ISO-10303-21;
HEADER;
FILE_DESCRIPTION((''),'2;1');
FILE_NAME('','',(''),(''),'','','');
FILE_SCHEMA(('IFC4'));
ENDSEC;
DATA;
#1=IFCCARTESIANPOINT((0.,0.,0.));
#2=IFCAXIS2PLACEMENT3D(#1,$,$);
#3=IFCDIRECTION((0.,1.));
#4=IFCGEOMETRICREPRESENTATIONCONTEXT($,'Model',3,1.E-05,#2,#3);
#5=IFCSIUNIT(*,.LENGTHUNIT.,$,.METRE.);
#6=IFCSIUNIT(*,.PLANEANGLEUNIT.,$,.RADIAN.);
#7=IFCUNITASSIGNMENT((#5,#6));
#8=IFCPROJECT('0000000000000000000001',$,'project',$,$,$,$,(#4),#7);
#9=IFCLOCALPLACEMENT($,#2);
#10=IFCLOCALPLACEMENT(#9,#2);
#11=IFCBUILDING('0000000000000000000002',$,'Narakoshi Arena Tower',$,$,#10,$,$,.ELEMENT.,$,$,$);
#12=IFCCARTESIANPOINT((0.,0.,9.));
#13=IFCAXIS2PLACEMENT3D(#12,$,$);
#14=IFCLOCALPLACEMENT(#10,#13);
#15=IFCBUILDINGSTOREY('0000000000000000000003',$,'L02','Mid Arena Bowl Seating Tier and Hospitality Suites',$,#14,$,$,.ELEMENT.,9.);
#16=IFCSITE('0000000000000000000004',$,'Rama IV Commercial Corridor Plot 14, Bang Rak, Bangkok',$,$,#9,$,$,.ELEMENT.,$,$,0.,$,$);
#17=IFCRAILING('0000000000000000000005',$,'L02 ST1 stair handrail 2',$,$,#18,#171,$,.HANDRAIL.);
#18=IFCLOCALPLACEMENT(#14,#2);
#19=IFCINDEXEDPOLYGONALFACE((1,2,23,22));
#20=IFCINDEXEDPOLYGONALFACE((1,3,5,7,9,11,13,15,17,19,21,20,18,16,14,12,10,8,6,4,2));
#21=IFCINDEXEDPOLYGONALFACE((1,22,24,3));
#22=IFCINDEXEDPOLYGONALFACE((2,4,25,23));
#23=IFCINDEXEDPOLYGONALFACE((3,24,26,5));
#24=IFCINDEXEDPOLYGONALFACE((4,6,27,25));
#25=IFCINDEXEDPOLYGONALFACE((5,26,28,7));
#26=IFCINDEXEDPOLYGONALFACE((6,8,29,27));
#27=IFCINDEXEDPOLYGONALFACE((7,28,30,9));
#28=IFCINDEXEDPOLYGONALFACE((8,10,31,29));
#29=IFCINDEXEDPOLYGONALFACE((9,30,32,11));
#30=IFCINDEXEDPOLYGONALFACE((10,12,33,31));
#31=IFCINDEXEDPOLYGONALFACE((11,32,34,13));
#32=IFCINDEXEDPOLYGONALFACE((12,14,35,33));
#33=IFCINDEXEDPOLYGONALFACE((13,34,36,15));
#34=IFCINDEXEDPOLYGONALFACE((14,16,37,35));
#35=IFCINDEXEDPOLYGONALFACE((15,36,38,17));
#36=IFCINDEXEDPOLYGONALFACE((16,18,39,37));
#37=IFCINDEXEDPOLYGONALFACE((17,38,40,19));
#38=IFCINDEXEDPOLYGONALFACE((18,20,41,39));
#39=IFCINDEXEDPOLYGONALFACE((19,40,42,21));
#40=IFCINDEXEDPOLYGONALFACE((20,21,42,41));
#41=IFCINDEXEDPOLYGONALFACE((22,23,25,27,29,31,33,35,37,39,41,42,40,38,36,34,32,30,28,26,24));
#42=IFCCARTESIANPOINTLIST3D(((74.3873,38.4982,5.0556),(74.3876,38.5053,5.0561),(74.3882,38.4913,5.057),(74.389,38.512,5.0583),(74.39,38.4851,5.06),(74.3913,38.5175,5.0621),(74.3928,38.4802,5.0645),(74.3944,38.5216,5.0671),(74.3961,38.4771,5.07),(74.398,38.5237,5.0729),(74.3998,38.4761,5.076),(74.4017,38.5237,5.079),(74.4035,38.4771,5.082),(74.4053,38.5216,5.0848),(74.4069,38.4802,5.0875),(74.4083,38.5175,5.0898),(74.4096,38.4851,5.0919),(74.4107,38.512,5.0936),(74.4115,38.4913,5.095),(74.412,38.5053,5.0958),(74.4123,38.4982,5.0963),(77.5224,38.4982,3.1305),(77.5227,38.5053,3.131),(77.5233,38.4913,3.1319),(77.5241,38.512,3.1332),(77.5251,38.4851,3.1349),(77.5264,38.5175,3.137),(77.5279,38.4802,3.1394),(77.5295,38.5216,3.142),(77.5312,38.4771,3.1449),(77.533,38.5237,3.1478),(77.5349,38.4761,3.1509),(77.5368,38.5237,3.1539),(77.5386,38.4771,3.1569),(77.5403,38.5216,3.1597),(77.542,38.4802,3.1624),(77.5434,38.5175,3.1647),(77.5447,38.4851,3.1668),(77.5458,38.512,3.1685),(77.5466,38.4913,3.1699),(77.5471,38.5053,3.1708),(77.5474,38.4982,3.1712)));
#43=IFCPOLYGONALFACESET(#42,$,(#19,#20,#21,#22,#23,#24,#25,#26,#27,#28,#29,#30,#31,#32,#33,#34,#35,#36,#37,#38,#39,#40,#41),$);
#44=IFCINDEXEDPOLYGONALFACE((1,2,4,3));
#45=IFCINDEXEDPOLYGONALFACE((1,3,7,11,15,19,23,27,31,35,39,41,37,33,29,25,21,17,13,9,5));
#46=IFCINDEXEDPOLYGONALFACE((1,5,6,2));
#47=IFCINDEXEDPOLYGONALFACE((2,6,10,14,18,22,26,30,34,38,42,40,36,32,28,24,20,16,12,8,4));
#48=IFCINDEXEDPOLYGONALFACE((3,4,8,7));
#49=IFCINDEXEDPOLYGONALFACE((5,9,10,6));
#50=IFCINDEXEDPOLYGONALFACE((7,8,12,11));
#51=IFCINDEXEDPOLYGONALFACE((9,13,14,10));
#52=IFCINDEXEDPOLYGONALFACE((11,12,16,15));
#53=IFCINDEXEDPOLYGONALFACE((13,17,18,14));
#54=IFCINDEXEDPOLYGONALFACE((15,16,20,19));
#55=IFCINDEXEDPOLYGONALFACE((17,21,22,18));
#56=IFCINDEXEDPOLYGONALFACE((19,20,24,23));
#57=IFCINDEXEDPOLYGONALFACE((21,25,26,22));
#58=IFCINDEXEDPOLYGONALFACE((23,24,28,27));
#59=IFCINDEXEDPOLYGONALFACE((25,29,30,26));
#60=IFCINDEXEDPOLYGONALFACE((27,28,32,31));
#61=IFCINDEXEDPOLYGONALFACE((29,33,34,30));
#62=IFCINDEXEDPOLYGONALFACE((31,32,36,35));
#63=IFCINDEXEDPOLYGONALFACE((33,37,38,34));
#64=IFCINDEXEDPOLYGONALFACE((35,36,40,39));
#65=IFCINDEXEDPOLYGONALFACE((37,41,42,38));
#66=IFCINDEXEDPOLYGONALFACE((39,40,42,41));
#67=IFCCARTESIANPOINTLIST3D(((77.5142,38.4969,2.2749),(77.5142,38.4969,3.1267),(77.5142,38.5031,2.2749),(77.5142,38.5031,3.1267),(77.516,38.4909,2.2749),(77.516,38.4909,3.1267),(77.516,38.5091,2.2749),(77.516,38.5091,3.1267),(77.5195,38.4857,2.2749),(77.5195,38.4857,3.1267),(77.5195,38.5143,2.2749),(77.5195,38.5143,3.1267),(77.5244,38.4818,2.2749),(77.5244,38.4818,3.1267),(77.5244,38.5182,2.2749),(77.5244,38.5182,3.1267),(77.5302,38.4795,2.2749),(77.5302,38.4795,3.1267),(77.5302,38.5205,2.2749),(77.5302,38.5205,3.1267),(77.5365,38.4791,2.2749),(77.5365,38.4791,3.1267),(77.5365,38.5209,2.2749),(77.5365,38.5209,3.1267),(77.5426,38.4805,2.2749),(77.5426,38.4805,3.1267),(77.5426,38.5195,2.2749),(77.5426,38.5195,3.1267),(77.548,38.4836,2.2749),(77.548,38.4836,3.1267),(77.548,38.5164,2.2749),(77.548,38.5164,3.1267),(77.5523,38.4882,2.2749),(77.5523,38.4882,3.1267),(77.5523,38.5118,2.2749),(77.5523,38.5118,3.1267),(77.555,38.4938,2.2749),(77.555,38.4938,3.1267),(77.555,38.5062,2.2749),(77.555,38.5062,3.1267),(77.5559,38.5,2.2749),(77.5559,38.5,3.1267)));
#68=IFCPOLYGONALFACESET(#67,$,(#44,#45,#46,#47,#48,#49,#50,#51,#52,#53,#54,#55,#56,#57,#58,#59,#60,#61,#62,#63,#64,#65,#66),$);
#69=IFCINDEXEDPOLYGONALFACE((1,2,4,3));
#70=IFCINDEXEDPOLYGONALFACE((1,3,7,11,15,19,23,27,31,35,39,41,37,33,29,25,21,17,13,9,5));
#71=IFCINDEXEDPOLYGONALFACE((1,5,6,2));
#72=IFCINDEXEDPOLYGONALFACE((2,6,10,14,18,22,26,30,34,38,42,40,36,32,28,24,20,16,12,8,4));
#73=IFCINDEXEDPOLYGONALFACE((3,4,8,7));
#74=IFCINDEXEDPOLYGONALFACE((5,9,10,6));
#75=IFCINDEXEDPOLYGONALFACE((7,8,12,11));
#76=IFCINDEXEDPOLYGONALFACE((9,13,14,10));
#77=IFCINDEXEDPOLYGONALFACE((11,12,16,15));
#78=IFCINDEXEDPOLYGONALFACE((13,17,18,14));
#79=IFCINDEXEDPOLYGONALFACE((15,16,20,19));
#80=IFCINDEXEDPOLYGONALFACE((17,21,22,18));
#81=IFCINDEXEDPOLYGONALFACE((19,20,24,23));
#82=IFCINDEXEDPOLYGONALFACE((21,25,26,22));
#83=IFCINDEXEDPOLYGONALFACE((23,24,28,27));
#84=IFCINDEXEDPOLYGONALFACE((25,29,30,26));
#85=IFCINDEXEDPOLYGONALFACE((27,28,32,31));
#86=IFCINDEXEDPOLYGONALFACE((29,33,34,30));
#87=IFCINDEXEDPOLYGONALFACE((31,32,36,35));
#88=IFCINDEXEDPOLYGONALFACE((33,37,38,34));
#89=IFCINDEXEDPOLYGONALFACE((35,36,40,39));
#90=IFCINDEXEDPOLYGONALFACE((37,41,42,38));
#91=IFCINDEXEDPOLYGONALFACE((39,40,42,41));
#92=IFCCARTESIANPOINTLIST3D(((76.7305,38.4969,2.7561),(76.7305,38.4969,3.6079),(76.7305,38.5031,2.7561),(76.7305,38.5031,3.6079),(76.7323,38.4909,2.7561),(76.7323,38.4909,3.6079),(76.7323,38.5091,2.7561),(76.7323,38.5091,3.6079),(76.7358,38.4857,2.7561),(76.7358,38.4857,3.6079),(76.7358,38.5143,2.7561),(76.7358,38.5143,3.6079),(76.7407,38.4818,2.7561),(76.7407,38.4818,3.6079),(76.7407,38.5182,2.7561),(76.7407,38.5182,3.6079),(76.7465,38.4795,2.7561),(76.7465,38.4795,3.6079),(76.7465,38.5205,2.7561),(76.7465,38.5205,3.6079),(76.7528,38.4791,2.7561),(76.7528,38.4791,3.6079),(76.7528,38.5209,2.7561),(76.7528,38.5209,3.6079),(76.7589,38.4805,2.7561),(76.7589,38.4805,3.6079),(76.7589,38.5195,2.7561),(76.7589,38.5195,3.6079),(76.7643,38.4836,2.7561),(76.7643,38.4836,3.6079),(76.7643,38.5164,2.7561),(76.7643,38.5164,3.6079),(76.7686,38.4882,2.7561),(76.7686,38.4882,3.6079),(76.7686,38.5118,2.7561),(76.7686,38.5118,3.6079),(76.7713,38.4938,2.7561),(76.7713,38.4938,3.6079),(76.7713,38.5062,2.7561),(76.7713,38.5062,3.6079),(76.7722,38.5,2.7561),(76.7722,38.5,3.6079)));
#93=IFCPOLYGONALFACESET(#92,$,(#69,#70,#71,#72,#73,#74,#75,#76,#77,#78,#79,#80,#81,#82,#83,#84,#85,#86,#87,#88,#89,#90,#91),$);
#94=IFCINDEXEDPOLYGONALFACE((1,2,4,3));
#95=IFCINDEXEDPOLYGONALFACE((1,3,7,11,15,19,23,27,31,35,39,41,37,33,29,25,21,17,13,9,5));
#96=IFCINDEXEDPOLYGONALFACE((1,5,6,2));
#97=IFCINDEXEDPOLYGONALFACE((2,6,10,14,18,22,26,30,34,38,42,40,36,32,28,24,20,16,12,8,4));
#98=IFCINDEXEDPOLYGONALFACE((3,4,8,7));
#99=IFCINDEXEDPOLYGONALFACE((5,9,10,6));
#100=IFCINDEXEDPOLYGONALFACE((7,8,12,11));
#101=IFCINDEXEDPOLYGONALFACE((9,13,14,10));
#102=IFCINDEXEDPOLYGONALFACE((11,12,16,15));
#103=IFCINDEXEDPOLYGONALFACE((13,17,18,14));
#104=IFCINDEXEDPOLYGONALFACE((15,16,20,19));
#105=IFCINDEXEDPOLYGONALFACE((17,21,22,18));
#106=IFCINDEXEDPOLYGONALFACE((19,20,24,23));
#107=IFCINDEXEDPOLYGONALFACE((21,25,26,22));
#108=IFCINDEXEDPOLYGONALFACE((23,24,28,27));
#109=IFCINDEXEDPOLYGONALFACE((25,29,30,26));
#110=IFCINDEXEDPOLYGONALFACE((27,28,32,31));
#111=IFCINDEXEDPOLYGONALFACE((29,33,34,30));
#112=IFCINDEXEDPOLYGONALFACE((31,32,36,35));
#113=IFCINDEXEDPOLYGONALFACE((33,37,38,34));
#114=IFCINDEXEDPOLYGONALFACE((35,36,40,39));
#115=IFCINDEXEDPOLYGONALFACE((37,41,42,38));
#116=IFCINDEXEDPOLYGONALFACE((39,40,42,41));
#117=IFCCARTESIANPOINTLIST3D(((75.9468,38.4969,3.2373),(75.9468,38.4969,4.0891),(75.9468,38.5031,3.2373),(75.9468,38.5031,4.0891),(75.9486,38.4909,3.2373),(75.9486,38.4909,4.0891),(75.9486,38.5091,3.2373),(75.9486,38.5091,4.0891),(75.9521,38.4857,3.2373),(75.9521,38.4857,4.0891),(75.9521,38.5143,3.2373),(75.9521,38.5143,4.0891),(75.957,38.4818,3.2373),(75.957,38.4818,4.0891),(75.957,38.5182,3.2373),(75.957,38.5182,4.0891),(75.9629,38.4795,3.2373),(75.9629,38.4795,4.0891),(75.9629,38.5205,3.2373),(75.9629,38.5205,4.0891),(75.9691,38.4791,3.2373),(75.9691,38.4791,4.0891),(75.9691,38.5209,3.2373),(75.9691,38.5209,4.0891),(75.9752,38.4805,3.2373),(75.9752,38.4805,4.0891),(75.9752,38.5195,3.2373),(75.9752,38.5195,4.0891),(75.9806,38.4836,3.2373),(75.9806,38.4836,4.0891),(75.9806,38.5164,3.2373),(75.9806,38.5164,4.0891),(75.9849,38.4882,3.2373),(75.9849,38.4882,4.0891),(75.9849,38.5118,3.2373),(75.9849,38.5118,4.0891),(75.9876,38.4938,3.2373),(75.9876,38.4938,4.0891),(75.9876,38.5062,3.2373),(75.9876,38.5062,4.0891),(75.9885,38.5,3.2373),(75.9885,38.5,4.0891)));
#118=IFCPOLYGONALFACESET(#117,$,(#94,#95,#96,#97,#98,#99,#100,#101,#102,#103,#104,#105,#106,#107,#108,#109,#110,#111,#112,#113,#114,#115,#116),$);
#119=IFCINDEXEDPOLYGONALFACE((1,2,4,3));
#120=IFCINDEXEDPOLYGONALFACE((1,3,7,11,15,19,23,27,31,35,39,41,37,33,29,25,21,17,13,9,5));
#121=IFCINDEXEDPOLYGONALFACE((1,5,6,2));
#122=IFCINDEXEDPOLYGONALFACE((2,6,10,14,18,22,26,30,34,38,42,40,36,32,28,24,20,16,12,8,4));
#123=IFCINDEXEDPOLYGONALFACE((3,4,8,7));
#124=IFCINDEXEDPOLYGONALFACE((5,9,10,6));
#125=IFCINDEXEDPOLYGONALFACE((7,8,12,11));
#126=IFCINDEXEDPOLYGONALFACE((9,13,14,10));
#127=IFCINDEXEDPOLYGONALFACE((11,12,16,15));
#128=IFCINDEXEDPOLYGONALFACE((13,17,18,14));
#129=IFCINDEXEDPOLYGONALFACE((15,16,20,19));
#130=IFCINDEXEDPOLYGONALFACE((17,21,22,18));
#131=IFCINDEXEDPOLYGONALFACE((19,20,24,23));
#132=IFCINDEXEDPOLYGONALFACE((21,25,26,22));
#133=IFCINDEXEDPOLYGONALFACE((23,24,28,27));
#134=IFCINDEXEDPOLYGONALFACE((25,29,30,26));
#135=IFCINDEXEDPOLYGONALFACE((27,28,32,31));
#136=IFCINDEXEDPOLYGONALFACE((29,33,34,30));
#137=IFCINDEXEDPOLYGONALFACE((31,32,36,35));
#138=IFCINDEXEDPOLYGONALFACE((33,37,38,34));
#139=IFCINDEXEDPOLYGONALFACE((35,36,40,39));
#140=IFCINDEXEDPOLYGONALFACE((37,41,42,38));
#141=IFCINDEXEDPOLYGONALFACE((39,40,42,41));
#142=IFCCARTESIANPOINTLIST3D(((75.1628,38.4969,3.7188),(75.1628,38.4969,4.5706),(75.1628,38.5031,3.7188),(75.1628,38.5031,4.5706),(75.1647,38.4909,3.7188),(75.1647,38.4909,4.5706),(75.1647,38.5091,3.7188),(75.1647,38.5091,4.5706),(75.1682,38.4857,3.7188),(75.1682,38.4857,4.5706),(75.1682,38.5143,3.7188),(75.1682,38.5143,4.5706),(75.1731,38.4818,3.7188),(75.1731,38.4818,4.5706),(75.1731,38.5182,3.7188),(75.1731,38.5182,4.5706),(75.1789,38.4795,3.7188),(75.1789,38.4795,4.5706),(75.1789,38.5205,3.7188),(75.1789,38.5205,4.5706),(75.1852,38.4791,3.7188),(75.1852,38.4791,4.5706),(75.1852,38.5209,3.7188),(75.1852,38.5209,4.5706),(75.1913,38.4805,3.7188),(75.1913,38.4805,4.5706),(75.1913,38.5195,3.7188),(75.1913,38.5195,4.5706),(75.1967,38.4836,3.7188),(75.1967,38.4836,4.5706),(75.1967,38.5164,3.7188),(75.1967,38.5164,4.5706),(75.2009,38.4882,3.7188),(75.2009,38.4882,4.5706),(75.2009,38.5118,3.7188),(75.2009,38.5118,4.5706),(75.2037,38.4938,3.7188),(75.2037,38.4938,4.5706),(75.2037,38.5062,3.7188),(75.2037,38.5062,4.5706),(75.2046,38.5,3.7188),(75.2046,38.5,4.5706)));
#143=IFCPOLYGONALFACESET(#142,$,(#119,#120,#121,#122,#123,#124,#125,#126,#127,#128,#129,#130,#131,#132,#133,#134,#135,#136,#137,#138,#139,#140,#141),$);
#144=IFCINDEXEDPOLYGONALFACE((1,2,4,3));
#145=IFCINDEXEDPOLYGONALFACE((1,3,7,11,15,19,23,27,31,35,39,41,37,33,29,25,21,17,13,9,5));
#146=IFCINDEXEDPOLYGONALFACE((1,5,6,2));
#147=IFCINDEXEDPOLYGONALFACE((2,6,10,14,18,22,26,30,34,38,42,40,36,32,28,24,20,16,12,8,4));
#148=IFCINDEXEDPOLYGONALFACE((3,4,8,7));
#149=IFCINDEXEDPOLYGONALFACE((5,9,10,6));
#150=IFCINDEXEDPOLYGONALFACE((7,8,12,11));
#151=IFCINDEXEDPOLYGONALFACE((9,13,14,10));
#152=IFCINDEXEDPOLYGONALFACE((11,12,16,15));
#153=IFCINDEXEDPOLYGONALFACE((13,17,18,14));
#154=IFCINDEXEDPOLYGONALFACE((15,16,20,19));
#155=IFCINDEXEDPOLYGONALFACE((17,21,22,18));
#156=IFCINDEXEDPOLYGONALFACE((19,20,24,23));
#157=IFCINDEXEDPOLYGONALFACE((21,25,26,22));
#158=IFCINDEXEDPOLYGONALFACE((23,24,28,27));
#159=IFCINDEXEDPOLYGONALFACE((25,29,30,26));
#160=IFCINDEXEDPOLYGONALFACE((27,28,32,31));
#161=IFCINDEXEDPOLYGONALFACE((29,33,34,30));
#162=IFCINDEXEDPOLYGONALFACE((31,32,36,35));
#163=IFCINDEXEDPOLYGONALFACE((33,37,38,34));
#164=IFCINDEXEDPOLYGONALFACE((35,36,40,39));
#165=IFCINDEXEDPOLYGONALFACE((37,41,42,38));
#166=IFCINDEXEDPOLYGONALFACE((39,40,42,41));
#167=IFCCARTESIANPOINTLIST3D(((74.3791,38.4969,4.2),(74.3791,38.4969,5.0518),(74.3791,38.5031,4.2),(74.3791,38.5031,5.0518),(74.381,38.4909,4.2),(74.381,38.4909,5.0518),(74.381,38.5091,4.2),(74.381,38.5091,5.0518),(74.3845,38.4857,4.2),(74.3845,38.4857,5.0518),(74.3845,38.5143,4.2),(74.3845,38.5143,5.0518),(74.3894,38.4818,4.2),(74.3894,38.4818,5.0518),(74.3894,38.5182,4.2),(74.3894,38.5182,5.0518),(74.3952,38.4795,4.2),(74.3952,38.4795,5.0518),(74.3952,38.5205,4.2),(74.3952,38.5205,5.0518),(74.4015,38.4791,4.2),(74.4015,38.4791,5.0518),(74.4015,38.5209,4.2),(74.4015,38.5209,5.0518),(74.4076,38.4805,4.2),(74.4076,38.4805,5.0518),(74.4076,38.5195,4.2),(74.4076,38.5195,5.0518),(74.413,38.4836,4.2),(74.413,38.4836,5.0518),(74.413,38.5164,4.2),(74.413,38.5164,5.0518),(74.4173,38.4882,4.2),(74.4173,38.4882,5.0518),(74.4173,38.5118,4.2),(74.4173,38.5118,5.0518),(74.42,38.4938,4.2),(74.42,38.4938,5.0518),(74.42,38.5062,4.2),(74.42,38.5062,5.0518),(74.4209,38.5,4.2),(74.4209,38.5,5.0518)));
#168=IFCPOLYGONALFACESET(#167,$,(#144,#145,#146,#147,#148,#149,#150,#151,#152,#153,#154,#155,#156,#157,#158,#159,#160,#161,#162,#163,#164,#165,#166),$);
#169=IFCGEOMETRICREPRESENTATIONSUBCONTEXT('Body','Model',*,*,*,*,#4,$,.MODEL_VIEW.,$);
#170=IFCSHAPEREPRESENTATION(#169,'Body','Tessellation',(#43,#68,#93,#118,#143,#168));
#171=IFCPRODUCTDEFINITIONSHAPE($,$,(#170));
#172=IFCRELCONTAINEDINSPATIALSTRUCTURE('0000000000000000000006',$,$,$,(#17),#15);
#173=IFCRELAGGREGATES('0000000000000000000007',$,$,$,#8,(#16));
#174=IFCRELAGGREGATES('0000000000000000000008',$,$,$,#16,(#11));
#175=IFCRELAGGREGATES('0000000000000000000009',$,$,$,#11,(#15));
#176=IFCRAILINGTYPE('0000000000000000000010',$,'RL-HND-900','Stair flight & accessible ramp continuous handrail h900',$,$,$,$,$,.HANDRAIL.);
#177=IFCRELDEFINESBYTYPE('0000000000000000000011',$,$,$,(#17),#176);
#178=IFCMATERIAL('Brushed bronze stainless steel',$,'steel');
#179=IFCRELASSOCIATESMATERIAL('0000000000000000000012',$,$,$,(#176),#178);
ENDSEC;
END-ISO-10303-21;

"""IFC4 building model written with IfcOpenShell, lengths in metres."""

from ifc_helpers import new_model, si_unit, direction, frame, origin, origin_2d, place, context, subcontext, project, spatial, circle, extrude, material, type_object, element, save


model = new_model("IFC4")

# Units and contexts
model_context = context("Model", 3, precision=1e-05, world=origin(), true_north=direction((0.0, 1.0)))
body_context = subcontext(model_context, "Body", "Model", "MODEL_VIEW")
ifc_project = project(units=[si_unit("LENGTHUNIT", "METRE"), si_unit("PLANEANGLEUNIT", "RADIAN")], contexts=[model_context])

# Site, building, storey
site_placement = place(None, origin())
site = spatial("IfcSite", under=ifc_project, at=site_placement, Name="Rama IV Commercial Corridor Plot 14, Bang Rak, Bangkok", CompositionType="ELEMENT", RefElevation=0.0)
building_placement = place(site_placement, origin())
building = spatial("IfcBuilding", under=site, at=building_placement, Name="Narakoshi Arena Tower", CompositionType="ELEMENT")
storey_placement = place(building_placement, frame((0.0, 0.0, 9.0)))
storey = spatial("IfcBuildingStorey", under=building, at=storey_placement, Name="L02", Description="Mid Arena Bowl Seating Tier and Hospitality Suites", CompositionType="ELEMENT", Elevation=9.0)

# Railing
ifc_material_1 = material(Name="Brushed bronze stainless steel", Category="steel")
railing_type_1 = type_object("IfcRailingType", Name="RL-HND-900", Description="Stair flight & accessible ramp continuous handrail h900", PredefinedType="HANDRAIL", material=ifc_material_1)
railing_1_placement = place(storey_placement, frame((77.5349, 38.5, 2.2749)))
element("IfcRailing", 1, at=railing_1_placement, inside=storey, type_object=railing_type_1, Name="L02 ST1 stair handrail 2", PredefinedType="HANDRAIL", context=body_context, shape_type="SweptSolid", body=[
    extrude(circle(Radius=0.0239, at=origin_2d()), frame((0.0, 0.0, 0.876), z_axis=(-0.852166, 0.0, 0.523271), x_axis=(0.0, -1.0, 0.0)), (0.0, 0.0, 1.0), 3.679),
    extrude(circle(Radius=0.021, at=origin_2d()), origin(), (0.0, 0.0, 1.0), 0.8518),
    extrude(circle(Radius=0.021, at=origin_2d()), frame((-0.7837, 0.0, 0.4812)), (0.0, 0.0, 1.0), 0.8518),
    extrude(circle(Radius=0.021, at=origin_2d()), frame((-1.5674, 0.0, 0.9624)), (0.0, 0.0, 1.0), 0.8518),
    extrude(circle(Radius=0.021, at=origin_2d()), frame((-2.3513, 0.0, 1.4438)), (0.0, 0.0, 1.0), 0.8518),
    extrude(circle(Radius=0.021, at=origin_2d()), frame((-3.135, 0.0, 1.925)), (0.0, 0.0, 1.0), 0.8518),
])

save(model, "model.ifc")
